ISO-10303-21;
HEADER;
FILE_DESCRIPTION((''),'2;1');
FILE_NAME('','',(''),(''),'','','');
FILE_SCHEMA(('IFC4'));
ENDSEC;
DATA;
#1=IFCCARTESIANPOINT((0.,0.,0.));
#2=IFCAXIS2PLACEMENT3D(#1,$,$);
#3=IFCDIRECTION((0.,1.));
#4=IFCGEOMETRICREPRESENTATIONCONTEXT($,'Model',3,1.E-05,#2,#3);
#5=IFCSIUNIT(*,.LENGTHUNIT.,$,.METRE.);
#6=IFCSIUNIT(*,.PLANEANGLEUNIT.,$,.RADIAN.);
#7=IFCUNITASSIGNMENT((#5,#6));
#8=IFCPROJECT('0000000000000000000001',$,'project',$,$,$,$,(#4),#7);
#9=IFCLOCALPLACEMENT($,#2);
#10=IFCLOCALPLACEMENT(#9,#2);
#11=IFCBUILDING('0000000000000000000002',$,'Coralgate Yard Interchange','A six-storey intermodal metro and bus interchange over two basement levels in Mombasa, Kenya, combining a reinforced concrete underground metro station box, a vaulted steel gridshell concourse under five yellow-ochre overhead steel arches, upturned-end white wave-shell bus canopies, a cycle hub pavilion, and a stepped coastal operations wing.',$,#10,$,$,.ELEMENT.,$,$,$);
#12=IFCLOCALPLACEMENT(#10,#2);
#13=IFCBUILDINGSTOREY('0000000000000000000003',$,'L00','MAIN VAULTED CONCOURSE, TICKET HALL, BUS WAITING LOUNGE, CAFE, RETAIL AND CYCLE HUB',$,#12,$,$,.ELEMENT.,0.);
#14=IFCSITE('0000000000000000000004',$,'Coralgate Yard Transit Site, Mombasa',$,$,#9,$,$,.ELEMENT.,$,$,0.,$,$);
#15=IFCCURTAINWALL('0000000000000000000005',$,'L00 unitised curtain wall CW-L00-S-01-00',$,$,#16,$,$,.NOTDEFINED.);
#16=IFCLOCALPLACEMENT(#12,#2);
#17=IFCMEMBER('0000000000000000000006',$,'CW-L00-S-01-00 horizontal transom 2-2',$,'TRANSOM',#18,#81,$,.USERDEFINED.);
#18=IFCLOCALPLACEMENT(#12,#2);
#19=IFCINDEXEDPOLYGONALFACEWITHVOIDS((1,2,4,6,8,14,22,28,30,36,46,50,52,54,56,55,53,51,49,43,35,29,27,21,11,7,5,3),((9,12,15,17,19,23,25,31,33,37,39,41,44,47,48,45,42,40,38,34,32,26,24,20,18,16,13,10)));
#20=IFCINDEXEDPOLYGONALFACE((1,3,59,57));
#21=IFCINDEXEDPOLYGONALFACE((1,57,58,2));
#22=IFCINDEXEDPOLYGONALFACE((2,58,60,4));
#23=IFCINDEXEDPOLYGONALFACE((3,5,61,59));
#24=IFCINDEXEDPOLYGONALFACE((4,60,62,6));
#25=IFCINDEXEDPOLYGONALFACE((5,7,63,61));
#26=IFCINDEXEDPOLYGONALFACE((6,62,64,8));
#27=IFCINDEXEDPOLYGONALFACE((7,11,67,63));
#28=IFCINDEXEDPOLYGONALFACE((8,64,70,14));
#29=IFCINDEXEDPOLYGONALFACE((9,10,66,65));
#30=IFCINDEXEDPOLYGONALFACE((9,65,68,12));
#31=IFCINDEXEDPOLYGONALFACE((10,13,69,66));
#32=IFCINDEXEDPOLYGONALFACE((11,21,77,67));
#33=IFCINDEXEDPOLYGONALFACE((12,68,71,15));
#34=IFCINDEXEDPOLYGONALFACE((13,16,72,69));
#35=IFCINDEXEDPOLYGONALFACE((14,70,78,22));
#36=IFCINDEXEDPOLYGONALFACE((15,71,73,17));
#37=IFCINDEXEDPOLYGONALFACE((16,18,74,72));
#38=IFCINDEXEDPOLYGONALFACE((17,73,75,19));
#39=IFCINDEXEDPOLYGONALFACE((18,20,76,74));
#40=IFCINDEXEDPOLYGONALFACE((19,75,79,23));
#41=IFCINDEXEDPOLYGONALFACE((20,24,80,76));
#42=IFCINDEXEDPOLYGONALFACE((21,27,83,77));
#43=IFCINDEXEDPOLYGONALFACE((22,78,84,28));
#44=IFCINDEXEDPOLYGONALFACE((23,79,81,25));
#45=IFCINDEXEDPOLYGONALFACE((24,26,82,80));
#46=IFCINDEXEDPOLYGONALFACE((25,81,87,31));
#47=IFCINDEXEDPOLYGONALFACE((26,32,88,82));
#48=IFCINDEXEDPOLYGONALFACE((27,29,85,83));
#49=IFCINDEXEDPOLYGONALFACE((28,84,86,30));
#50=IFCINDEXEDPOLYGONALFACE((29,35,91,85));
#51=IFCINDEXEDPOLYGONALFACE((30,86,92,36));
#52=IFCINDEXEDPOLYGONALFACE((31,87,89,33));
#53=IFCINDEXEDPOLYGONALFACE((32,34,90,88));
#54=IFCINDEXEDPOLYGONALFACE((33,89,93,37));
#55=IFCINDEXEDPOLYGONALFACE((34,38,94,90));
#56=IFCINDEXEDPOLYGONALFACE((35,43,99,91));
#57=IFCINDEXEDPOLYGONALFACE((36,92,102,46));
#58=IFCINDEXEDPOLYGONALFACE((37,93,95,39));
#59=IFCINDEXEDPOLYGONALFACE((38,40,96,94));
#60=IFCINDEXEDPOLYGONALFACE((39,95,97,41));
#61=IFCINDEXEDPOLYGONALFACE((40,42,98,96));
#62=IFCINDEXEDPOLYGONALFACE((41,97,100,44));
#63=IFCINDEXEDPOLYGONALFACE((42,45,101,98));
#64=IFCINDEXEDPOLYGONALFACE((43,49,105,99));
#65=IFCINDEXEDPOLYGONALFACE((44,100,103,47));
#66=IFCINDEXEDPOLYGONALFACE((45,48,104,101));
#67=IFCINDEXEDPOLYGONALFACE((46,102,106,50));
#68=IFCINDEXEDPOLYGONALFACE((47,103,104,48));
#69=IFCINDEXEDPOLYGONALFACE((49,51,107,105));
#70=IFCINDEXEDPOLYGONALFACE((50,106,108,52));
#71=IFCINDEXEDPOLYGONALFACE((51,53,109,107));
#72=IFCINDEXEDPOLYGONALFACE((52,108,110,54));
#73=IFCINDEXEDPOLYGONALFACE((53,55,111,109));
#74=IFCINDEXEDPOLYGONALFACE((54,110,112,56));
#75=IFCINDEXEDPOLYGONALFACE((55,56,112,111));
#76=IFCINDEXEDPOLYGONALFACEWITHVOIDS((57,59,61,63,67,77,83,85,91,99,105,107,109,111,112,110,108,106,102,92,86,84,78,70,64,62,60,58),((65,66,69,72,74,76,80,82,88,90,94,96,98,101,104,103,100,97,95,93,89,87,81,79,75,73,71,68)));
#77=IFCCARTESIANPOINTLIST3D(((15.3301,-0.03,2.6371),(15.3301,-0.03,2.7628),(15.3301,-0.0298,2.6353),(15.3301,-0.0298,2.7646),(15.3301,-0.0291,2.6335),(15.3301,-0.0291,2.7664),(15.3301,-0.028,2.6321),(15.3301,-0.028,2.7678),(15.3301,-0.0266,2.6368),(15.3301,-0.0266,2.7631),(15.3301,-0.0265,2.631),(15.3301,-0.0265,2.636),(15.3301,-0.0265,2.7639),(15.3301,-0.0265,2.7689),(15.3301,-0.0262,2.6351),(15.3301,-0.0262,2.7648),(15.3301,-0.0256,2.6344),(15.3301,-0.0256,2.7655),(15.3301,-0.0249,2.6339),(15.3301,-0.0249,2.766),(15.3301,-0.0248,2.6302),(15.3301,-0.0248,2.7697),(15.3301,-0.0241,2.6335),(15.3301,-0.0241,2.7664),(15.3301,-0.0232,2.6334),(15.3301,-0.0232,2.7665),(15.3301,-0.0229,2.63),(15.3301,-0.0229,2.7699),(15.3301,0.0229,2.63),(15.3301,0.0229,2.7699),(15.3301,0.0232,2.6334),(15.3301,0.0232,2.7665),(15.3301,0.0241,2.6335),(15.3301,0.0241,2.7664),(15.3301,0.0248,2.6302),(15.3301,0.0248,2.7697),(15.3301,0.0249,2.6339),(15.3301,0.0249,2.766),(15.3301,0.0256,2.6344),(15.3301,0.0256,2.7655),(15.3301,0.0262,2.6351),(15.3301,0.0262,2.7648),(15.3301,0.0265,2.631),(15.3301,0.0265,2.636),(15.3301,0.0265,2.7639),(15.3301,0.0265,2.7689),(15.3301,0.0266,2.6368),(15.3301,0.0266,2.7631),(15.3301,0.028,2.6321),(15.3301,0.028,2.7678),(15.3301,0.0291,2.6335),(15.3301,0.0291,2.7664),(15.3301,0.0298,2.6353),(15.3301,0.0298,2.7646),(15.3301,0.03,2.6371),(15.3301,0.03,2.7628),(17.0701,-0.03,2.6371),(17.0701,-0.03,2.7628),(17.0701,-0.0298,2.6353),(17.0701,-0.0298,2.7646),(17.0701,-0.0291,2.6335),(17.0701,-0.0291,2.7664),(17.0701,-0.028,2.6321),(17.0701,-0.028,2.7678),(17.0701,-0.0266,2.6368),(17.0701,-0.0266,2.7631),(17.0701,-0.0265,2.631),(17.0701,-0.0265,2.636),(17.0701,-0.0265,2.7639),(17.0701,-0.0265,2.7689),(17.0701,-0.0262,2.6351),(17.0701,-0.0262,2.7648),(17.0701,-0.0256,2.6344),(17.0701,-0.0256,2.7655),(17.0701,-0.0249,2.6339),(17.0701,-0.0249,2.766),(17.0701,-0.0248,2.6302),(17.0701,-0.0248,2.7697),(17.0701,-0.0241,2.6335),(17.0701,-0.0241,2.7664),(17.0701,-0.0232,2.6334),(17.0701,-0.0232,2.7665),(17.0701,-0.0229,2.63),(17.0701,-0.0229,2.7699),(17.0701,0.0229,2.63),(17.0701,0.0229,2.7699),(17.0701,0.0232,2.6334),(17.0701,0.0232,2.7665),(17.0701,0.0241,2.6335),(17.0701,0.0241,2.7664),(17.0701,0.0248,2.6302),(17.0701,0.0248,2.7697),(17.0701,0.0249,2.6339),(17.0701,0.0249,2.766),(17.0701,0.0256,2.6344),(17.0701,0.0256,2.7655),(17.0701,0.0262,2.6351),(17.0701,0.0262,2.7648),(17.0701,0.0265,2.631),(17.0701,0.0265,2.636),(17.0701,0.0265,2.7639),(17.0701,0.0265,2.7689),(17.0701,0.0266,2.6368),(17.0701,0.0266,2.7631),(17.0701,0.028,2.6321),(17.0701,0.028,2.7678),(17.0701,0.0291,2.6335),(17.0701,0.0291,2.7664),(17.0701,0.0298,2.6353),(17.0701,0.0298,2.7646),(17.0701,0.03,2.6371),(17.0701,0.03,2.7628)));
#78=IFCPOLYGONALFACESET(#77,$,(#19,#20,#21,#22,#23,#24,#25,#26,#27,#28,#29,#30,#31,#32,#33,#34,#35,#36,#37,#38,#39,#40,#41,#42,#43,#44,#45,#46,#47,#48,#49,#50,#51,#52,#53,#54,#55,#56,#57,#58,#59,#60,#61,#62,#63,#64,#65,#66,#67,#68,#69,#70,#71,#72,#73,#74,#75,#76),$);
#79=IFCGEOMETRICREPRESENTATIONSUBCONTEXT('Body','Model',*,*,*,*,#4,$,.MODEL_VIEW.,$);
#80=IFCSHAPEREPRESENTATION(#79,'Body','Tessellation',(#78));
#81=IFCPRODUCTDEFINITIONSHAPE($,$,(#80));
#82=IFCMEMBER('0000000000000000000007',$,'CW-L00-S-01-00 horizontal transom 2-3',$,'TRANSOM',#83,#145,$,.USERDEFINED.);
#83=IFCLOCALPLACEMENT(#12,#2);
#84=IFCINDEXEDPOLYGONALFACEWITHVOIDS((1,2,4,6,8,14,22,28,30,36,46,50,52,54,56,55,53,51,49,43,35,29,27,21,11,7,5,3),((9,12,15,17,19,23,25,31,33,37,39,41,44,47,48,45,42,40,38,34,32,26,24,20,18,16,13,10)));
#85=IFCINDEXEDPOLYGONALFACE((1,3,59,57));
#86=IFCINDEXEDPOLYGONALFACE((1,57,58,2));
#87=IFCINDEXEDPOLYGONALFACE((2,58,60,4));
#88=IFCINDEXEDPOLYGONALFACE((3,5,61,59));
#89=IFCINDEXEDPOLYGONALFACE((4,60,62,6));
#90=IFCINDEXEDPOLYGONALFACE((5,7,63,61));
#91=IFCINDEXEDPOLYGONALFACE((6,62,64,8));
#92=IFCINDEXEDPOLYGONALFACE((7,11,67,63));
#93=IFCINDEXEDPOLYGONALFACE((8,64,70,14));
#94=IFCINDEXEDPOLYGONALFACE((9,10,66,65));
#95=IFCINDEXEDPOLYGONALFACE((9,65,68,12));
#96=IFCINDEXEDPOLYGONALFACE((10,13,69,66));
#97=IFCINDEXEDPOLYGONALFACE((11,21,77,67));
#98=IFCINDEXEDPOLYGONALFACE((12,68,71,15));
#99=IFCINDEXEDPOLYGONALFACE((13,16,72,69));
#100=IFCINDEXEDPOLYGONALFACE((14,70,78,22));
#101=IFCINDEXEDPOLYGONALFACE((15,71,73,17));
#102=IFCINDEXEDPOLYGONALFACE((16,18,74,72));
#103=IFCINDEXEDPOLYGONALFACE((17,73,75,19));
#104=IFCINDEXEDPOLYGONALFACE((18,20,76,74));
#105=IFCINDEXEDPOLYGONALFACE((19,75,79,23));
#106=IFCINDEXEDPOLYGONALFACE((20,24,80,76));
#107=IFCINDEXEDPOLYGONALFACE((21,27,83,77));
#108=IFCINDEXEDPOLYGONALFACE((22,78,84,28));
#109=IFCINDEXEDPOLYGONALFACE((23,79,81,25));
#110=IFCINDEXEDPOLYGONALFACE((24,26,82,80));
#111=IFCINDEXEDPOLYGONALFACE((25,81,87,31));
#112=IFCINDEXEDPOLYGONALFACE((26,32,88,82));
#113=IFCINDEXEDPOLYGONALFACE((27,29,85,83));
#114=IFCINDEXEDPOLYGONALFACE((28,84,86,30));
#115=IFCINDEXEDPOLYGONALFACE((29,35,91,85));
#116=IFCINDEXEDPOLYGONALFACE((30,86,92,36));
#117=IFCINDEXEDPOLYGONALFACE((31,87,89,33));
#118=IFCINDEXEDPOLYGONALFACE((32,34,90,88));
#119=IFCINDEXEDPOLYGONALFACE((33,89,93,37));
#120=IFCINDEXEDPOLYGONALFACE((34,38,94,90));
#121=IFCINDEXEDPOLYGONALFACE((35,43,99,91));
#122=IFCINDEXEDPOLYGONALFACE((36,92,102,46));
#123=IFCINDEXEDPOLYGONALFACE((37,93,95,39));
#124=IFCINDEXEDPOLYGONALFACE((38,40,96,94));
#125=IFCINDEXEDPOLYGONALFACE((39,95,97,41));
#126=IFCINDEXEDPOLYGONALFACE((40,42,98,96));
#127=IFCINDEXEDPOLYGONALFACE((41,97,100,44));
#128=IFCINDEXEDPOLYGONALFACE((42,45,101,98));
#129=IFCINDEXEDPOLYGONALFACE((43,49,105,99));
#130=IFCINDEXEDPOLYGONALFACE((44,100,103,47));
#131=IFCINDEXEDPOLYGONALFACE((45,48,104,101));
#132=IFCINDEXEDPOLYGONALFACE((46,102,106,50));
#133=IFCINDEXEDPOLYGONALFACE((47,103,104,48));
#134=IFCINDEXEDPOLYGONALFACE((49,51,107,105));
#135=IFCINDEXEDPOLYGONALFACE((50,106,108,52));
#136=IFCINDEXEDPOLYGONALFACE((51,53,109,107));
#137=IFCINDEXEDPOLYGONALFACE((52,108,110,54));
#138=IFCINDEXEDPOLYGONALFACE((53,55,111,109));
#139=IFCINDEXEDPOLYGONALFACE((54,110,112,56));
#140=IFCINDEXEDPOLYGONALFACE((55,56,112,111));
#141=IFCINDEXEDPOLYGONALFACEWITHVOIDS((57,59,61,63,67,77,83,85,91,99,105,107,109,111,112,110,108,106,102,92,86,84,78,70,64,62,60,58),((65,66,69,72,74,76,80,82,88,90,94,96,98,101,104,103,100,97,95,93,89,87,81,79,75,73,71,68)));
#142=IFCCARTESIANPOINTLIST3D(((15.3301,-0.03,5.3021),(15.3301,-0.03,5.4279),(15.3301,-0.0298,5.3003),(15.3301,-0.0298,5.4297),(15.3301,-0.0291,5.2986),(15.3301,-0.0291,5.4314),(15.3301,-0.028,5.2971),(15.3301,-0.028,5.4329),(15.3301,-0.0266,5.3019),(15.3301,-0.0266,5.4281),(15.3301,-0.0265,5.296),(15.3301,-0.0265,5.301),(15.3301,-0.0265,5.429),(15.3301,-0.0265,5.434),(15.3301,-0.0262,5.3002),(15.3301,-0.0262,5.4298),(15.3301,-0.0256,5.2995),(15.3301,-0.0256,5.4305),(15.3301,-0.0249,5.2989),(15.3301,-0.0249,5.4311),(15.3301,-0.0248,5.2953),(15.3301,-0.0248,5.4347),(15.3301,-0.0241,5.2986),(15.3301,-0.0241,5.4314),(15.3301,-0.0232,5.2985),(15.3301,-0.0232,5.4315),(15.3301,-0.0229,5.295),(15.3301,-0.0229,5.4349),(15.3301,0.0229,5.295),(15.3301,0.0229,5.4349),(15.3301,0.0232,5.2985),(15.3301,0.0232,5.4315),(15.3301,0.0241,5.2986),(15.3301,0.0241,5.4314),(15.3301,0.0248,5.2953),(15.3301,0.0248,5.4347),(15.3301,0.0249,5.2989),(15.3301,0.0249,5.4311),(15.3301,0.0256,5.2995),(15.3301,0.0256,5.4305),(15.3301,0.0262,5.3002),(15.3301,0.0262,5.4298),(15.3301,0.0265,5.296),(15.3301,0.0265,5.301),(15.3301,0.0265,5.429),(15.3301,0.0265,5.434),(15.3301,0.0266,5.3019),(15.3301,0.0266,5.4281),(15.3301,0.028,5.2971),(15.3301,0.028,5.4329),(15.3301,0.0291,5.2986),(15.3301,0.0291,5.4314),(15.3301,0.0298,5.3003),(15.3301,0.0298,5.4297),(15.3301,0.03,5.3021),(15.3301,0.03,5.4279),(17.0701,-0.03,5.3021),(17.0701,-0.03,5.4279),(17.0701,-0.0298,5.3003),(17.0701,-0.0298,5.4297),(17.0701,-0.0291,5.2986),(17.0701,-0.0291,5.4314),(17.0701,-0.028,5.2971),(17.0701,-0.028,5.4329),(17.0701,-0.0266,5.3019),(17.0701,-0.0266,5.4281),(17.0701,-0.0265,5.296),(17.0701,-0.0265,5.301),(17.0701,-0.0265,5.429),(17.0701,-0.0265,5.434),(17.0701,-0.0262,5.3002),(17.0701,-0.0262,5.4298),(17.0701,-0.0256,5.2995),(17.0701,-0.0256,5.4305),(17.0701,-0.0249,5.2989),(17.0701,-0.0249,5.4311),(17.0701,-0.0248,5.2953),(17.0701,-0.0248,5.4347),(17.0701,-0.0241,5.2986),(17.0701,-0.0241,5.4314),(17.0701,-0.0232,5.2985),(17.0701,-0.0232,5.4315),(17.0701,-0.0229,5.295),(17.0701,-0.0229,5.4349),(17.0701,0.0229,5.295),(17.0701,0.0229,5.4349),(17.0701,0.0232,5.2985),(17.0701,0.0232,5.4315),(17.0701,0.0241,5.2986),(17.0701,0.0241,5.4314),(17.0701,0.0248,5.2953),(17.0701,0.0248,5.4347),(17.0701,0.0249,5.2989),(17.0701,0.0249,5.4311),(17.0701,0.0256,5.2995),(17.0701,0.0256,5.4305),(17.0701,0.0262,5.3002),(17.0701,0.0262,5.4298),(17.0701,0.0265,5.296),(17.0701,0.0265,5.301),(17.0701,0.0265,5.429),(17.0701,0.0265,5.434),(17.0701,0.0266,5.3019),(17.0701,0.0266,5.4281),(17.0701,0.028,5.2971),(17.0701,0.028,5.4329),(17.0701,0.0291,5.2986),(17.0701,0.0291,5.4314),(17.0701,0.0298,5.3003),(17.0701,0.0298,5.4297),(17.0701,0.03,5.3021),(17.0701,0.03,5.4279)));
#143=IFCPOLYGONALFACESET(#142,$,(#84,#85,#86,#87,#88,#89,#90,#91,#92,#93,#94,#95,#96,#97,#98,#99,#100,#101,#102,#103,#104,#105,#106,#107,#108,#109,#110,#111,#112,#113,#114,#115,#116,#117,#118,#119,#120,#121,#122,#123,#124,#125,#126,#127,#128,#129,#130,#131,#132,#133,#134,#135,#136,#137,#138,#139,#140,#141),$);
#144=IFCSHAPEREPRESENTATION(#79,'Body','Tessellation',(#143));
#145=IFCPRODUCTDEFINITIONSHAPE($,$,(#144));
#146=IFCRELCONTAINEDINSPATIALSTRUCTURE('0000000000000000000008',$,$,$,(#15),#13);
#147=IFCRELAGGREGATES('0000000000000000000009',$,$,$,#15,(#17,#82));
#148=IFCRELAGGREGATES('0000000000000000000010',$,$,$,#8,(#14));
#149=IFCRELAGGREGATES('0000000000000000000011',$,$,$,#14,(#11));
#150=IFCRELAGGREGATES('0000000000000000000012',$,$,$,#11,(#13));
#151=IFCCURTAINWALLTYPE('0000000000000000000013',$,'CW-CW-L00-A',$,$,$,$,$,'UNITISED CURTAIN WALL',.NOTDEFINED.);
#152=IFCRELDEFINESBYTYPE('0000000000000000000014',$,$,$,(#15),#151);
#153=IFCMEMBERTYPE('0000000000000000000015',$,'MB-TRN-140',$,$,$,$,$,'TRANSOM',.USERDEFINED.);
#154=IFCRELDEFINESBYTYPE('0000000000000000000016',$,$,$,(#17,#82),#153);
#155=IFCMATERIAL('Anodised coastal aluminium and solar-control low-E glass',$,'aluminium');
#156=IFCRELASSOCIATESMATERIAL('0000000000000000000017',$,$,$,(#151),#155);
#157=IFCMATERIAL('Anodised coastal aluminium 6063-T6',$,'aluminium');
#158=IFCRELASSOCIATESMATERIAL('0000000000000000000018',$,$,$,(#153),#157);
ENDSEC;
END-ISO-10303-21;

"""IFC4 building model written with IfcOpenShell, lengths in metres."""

from ifc_helpers import new_model, si_unit, direction, frame, origin, origin_2d, place, context, subcontext, project, spatial, hollow_rectangle, extrude, material, material_profile, profile_set, type_object, element, aggregate, save


model = new_model("IFC4")

# Units and contexts
model_context = context("Model", 3, precision=1e-05, world=origin(), true_north=direction((0.0, 1.0)))
body_context = subcontext(model_context, "Body", "Model", "MODEL_VIEW")
ifc_project = project(units=[si_unit("LENGTHUNIT", "METRE"), si_unit("PLANEANGLEUNIT", "RADIAN")], contexts=[model_context])

# Site, building, storey
site_placement = place(None, origin())
site = spatial("IfcSite", under=ifc_project, at=site_placement, Name="Coralgate Yard Transit Site, Mombasa", CompositionType="ELEMENT", RefElevation=0.0)
building_placement = place(site_placement, origin())
building = spatial("IfcBuilding", under=site, at=building_placement, Name="Coralgate Yard Interchange", Description="A six-storey intermodal metro and bus interchange over two basement levels in Mombasa, Kenya, combining a reinforced concrete underground metro station box, a vaulted steel gridshell concourse under five yellow-ochre overhead steel arches, upturned-end white wave-shell bus canopies, a cycle hub pavilion, and a stepped coastal operations wing.", CompositionType="ELEMENT")
storey_placement = place(building_placement, origin())
storey = spatial("IfcBuildingStorey", under=building, at=storey_placement, Name="L00", Description="MAIN VAULTED CONCOURSE, TICKET HALL, BUS WAITING LOUNGE, CAFE, RETAIL AND CYCLE HUB", CompositionType="ELEMENT", Elevation=0.0)

# Curtain wall, members
ifc_material_1 = material(Name="Anodised coastal aluminium and solar-control low-E glass", Category="aluminium")
curtain_wall_type = type_object("IfcCurtainWallType", Name="CW-CW-L00-A", ElementType="UNITISED CURTAIN WALL", PredefinedType="NOTDEFINED", material=ifc_material_1)
curtain_wall_placement = place(storey_placement, origin())
curtain_wall = element("IfcCurtainWall", 1, at=curtain_wall_placement, inside=storey, type_object=curtain_wall_type, Name="L00 unitised curtain wall CW-L00-S-01-00", PredefinedType="NOTDEFINED")
ifc_material_2 = material(Name="Anodised coastal aluminium 6063-T6", Category="aluminium")
ifc_material_profile_1 = material_profile(ifc_material_2, hollow_rectangle(XDim=0.0601, YDim=0.1399, WallThickness=0.0034, InnerFilletRadius=0.0034, OuterFilletRadius=0.0071, at=origin_2d()), Name="ALU 60x140x3.5")
ifc_profile_set_1 = profile_set([ifc_material_profile_1], Name="Anodised coastal aluminium 6063-T6")
member_type_1 = type_object("IfcMemberType", Name="MB-TRN-140", ElementType="TRANSOM", PredefinedType="USERDEFINED", material=ifc_profile_set_1)
member_1_placement = place(storey_placement, frame((17.0701, 0.0, 2.7), z_axis=(-1.0, 0.0, 0.0), x_axis=(0.0, -1.0, 0.0)))
member_1 = element("IfcMember", 2, at=member_1_placement, type_object=member_type_1, Name="CW-L00-S-01-00 horizontal transom 2-2", ObjectType="TRANSOM", PredefinedType="USERDEFINED", context=body_context, shape_type="SweptSolid", body=[
    extrude(hollow_rectangle(XDim=0.0601, YDim=0.1399, WallThickness=0.0034, InnerFilletRadius=0.0034, OuterFilletRadius=0.0071, at=origin_2d()), origin(), (0.0, 0.0, 1.0), 1.74),
])
member_2_placement = place(storey_placement, frame((17.0701, 0.0, 5.365), z_axis=(-1.0, 0.0, 0.0), x_axis=(0.0, -1.0, 0.0)))
member_2 = element("IfcMember", 3, at=member_2_placement, type_object=member_type_1, Name="CW-L00-S-01-00 horizontal transom 2-3", ObjectType="TRANSOM", PredefinedType="USERDEFINED", context=body_context, shape_type="SweptSolid", body=[
    extrude(hollow_rectangle(XDim=0.0601, YDim=0.1399, WallThickness=0.0034, InnerFilletRadius=0.0034, OuterFilletRadius=0.0071, at=origin_2d()), origin(), (0.0, 0.0, 1.0), 1.74),
])
aggregate(curtain_wall, [member_1, member_2])

save(model, "model.ifc")
